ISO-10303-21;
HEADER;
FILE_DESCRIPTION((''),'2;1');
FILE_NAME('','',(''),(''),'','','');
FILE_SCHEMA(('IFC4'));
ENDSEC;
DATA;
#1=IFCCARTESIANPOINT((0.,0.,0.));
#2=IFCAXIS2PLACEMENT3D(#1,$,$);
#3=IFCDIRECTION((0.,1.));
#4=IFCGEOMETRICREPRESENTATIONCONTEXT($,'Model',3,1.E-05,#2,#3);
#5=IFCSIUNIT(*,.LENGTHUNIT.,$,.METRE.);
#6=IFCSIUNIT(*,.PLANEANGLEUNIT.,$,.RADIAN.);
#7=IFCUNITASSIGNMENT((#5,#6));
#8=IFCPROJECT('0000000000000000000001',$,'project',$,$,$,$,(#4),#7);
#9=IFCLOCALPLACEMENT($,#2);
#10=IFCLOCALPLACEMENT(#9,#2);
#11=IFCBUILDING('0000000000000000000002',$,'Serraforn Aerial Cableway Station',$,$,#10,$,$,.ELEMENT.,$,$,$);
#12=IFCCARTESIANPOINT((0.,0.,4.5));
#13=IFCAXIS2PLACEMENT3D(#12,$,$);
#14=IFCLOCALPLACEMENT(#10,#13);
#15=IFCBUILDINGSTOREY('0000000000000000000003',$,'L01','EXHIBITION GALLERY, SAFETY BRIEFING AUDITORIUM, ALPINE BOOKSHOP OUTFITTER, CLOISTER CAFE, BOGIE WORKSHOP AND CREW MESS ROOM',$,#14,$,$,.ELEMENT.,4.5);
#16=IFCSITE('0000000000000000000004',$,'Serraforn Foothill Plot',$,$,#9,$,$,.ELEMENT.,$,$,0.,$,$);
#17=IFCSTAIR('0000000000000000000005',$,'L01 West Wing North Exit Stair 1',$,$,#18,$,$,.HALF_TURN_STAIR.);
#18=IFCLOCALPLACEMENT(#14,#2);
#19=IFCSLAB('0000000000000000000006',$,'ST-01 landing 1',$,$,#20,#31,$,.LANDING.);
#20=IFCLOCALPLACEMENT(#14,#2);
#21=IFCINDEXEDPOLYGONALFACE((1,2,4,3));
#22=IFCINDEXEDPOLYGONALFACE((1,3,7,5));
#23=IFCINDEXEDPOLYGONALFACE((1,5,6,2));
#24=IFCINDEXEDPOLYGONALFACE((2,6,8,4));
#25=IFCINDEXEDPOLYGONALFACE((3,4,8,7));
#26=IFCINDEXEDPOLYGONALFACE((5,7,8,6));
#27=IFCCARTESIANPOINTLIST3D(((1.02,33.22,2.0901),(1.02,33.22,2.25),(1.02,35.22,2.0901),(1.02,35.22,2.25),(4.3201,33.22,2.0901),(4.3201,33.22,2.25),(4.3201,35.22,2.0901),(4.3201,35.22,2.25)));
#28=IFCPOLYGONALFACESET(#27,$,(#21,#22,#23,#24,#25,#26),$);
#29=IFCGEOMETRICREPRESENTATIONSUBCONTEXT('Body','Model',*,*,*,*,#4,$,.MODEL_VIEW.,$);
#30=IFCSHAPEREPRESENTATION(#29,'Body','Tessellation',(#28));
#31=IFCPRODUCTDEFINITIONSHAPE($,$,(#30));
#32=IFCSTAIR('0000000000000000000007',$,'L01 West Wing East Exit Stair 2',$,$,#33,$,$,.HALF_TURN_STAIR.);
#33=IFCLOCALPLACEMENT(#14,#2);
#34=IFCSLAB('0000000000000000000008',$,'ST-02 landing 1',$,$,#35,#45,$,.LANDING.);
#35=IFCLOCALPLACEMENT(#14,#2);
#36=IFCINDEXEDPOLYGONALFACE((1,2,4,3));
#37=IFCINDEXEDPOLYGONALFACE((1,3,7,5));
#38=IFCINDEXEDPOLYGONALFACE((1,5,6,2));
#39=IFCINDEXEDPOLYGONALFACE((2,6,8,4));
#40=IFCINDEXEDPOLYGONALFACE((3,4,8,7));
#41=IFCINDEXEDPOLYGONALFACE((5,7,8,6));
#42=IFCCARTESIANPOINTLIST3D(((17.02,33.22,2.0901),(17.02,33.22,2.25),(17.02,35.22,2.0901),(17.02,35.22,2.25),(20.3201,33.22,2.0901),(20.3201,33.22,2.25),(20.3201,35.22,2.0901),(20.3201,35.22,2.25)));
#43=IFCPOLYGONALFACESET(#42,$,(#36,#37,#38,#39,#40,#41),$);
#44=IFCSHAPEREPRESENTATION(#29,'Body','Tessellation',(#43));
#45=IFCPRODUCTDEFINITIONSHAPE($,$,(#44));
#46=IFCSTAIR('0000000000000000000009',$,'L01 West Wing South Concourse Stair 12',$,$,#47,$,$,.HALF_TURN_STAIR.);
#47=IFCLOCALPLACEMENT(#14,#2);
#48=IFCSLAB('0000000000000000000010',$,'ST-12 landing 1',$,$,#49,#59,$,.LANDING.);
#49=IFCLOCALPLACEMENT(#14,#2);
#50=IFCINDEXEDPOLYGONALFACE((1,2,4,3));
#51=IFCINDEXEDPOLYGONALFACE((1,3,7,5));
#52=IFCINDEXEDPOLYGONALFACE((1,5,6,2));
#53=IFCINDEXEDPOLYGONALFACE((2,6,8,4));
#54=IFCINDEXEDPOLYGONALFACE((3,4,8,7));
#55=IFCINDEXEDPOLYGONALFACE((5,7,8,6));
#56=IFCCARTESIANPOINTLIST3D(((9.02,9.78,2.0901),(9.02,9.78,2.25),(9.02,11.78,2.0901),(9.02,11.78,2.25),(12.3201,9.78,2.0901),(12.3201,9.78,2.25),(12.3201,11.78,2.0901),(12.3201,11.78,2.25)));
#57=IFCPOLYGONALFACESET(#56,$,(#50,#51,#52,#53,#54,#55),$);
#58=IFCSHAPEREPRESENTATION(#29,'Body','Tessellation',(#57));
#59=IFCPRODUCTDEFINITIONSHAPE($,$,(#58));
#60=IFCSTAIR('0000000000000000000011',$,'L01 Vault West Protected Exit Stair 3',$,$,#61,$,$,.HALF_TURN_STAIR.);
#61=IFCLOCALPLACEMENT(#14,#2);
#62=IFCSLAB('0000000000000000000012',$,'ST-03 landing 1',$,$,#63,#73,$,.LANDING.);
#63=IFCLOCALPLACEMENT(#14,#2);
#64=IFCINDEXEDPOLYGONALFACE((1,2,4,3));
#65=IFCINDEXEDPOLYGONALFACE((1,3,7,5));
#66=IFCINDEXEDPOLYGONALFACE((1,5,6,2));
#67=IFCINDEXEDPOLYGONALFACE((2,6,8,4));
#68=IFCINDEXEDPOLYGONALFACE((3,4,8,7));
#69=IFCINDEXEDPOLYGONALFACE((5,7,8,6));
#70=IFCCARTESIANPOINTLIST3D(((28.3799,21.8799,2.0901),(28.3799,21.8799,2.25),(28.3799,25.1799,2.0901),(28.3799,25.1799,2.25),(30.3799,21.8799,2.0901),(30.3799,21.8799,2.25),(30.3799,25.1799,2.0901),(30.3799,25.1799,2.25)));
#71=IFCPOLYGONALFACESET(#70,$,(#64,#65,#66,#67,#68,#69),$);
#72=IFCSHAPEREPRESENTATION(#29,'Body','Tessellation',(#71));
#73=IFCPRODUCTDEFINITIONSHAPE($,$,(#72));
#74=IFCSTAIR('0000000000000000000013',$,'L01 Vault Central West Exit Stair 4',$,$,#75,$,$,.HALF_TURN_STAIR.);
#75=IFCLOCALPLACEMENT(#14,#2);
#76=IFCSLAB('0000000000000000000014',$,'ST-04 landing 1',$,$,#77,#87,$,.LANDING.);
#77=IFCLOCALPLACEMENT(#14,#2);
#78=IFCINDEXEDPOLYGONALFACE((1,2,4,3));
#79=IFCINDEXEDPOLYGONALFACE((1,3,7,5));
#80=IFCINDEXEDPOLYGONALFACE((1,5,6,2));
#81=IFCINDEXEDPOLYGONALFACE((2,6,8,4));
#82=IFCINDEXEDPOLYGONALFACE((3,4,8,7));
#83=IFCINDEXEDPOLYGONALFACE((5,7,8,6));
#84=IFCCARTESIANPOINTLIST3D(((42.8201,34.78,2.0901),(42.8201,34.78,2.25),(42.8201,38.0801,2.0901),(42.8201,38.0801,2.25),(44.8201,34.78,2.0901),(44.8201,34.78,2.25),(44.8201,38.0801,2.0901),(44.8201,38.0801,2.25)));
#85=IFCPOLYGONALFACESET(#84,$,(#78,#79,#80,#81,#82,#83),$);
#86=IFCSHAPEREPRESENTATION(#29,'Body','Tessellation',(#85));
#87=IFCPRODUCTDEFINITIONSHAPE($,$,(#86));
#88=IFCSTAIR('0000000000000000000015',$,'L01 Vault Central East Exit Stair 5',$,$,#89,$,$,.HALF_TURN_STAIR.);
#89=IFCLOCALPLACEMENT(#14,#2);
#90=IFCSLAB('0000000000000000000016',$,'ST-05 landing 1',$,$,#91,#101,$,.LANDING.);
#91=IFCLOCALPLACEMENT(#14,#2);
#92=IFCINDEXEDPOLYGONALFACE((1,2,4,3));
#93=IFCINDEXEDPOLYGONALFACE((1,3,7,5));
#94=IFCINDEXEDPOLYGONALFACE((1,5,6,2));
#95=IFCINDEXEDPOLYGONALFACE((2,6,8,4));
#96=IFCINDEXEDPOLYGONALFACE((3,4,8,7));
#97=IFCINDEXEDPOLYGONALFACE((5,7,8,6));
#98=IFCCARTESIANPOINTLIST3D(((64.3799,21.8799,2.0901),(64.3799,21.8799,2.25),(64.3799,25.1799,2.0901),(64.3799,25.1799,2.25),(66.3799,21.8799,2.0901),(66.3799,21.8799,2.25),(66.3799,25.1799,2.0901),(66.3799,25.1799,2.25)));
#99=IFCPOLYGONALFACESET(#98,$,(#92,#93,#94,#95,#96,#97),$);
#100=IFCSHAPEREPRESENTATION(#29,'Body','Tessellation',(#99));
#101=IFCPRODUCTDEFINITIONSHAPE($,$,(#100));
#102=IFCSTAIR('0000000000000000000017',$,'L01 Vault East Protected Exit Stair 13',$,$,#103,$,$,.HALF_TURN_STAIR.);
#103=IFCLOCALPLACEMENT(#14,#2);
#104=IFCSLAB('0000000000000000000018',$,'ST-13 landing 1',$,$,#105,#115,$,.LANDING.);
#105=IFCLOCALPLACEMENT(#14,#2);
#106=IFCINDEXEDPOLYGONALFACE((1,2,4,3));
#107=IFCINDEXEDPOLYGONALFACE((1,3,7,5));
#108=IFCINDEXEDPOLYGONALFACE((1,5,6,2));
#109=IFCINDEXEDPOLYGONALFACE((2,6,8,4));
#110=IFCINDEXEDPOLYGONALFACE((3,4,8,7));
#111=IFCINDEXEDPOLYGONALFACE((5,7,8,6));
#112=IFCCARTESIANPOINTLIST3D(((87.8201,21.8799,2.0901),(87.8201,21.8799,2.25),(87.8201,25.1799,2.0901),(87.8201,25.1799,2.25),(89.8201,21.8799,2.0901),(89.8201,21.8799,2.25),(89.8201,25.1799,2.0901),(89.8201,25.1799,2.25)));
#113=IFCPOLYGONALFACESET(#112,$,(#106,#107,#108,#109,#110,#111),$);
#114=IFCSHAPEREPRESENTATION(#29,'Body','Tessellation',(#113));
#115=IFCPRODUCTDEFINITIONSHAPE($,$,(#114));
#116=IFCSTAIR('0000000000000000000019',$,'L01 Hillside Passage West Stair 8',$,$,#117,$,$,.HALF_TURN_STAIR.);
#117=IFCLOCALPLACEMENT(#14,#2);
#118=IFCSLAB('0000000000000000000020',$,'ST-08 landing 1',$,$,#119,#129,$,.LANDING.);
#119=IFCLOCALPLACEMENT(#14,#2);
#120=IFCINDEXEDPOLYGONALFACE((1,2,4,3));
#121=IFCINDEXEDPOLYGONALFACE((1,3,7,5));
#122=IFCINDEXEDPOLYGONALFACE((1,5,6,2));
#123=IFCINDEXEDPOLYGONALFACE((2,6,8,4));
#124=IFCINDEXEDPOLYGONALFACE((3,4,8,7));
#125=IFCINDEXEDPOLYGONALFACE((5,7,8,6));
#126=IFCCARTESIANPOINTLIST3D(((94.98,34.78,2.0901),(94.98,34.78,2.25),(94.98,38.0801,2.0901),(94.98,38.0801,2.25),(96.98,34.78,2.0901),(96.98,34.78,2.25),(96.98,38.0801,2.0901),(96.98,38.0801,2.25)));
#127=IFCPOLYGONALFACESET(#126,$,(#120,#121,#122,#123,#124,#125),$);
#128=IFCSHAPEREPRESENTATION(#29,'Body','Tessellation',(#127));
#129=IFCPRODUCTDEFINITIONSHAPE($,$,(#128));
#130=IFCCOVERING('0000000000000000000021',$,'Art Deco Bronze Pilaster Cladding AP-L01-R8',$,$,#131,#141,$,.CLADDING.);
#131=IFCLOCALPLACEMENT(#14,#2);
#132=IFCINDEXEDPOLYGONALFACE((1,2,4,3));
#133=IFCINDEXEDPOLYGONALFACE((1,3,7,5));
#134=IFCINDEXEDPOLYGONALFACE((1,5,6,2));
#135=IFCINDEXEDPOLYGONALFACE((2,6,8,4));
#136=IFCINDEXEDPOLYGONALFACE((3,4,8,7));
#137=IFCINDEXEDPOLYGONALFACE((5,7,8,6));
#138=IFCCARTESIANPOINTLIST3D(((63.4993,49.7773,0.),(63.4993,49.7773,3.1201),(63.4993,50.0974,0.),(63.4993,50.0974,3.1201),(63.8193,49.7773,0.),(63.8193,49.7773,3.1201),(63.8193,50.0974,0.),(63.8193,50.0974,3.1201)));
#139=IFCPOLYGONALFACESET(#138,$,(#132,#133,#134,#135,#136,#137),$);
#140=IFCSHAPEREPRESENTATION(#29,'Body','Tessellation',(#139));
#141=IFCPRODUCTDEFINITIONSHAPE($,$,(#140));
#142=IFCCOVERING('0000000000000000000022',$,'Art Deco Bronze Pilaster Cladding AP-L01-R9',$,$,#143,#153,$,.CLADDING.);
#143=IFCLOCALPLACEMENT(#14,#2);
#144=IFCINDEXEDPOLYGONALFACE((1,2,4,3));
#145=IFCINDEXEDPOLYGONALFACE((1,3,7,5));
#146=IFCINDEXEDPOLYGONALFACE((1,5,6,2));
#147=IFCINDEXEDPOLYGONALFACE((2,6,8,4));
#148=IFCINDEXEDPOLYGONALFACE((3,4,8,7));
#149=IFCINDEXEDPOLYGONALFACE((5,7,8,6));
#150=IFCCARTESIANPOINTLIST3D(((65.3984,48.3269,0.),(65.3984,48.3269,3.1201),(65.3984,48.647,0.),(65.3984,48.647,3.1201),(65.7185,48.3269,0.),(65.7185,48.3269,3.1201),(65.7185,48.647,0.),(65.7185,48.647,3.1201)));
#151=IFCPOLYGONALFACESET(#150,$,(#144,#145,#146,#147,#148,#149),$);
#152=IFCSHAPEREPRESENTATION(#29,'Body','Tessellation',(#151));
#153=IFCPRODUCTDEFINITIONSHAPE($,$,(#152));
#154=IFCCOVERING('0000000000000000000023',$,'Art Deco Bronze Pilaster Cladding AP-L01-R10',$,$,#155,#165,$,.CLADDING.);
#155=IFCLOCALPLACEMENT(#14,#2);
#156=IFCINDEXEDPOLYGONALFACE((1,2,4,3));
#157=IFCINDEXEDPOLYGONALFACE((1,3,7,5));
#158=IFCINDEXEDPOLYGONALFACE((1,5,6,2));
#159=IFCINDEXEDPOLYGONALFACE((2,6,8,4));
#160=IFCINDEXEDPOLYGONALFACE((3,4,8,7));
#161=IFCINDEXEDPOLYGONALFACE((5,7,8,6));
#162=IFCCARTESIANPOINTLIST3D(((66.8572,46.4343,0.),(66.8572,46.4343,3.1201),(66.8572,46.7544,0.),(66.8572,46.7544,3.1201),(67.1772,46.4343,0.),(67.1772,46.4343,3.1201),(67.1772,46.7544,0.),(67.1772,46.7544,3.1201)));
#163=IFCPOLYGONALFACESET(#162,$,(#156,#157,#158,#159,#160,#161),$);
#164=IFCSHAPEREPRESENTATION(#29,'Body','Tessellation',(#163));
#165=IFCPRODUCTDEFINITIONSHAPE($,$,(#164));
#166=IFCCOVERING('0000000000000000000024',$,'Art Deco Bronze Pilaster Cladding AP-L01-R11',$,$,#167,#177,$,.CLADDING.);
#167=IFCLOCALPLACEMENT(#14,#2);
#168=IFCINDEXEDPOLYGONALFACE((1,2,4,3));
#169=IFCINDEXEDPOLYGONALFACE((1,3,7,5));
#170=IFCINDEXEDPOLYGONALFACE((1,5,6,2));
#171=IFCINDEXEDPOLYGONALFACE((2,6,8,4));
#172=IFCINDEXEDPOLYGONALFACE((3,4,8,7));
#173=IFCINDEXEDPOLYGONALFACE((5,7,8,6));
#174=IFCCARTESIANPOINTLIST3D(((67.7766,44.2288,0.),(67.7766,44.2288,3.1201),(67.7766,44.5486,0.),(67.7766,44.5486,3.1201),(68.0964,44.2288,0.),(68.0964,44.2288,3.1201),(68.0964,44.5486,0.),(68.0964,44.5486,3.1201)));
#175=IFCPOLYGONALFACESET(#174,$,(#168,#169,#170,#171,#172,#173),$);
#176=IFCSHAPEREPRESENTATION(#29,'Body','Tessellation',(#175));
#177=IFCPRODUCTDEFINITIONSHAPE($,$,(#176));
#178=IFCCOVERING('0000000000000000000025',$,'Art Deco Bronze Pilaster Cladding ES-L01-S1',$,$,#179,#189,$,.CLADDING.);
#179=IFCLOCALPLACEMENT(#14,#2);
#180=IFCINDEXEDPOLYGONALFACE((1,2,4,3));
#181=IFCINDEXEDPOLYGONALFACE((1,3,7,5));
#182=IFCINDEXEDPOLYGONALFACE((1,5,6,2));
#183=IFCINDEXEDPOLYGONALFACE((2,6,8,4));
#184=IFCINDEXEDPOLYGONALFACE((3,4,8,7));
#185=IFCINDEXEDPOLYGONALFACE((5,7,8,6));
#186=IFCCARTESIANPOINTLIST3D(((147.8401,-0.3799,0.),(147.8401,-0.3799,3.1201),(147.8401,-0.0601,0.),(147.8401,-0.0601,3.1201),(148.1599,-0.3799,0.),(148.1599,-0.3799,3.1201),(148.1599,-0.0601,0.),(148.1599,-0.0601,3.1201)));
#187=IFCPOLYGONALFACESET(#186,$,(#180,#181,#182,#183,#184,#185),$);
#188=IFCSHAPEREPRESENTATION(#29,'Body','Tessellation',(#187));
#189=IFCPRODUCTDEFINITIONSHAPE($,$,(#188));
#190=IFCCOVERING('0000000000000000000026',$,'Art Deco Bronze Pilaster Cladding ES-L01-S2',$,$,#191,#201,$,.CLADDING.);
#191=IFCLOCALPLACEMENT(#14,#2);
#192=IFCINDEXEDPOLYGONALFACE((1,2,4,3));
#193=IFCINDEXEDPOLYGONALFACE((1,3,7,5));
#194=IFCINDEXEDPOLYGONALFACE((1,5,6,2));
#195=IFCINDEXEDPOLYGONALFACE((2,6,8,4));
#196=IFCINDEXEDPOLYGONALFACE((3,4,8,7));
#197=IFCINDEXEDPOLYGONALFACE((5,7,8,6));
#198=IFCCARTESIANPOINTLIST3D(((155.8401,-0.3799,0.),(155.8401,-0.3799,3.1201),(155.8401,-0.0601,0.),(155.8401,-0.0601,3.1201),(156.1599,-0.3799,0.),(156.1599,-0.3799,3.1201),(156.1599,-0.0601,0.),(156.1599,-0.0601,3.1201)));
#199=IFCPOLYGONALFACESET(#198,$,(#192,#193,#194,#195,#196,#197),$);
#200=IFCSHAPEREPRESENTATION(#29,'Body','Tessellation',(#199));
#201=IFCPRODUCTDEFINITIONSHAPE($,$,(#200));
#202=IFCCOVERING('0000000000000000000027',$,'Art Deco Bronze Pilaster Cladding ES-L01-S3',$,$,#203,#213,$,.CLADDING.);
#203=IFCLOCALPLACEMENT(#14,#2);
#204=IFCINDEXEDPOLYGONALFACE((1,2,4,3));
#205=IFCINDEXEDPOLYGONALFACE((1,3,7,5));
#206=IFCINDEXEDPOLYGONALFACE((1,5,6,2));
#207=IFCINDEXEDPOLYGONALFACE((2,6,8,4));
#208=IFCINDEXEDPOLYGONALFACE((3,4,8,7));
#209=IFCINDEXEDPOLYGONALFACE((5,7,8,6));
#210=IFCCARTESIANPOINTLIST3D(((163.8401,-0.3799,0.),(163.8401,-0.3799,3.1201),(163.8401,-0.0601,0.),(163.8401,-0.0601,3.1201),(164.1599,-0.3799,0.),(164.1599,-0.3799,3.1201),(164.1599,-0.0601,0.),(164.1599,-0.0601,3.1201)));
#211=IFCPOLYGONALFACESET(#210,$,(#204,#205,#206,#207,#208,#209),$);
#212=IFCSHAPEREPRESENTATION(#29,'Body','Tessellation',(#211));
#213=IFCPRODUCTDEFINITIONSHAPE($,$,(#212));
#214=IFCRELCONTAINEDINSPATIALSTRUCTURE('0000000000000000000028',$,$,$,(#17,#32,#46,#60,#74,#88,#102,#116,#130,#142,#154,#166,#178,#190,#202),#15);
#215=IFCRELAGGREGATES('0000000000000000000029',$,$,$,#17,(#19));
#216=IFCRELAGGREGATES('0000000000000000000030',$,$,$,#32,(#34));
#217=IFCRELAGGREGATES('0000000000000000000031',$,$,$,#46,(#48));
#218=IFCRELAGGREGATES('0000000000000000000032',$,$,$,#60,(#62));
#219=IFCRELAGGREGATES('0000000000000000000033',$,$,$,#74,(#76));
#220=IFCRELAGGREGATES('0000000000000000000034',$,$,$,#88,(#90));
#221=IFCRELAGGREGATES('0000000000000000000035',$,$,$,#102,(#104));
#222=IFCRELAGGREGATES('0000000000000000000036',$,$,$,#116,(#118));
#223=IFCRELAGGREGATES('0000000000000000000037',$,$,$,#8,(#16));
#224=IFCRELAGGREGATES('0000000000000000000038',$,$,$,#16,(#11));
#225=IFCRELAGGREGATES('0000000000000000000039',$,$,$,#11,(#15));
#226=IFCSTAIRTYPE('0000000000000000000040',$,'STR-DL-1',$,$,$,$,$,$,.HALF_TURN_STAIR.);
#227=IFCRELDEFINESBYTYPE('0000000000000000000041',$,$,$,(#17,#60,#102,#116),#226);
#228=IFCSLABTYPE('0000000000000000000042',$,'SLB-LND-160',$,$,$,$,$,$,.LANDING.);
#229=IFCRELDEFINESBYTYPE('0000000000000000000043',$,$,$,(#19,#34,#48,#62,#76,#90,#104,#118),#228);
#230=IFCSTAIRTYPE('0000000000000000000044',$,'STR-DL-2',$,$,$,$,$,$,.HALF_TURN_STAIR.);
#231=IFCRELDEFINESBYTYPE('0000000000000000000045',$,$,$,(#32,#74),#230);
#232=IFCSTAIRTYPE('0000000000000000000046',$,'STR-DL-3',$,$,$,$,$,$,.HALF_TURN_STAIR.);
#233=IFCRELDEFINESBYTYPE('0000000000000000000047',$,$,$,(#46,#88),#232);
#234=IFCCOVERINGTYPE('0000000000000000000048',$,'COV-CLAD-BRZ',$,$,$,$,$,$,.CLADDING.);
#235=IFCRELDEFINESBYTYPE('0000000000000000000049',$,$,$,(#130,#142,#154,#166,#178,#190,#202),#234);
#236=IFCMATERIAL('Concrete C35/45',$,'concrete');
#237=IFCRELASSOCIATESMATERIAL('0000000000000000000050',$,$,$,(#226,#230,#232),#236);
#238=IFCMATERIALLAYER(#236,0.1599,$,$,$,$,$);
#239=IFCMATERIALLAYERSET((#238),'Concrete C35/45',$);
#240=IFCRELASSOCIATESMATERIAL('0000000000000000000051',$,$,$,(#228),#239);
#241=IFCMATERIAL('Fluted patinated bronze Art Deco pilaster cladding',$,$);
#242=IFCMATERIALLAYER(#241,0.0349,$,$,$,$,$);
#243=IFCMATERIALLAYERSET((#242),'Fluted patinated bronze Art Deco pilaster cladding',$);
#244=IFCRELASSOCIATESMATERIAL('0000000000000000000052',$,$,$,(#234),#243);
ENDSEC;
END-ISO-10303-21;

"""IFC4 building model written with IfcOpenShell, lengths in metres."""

from ifc_helpers import new_model, si_unit, direction, frame, origin, place, context, subcontext, project, spatial, polyline, outline, extrude, material, layer, layer_set, type_object, element, aggregate, save


model = new_model("IFC4")

# Units and contexts
model_context = context("Model", 3, precision=1e-05, world=origin(), true_north=direction((0.0, 1.0)))
body_context = subcontext(model_context, "Body", "Model", "MODEL_VIEW")
ifc_project = project(units=[si_unit("LENGTHUNIT", "METRE"), si_unit("PLANEANGLEUNIT", "RADIAN")], contexts=[model_context])

# Site, building, storey
site_placement = place(None, origin())
site = spatial("IfcSite", under=ifc_project, at=site_placement, Name="Serraforn Foothill Plot", CompositionType="ELEMENT", RefElevation=0.0)
building_placement = place(site_placement, origin())
building = spatial("IfcBuilding", under=site, at=building_placement, Name="Serraforn Aerial Cableway Station", CompositionType="ELEMENT")
storey_placement = place(building_placement, frame((0.0, 0.0, 4.5)))
storey = spatial("IfcBuildingStorey", under=building, at=storey_placement, Name="L01", Description="EXHIBITION GALLERY, SAFETY BRIEFING AUDITORIUM, ALPINE BOOKSHOP OUTFITTER, CLOISTER CAFE, BOGIE WORKSHOP AND CREW MESS ROOM", CompositionType="ELEMENT", Elevation=4.5)

# Stairs, slabs
ifc_material_1 = material(Name="Concrete C35/45", Category="concrete")
stair_type_1 = type_object("IfcStairType", Name="STR-DL-1", PredefinedType="HALF_TURN_STAIR", material=ifc_material_1)
stair_1_placement = place(storey_placement, origin())
stair_1 = element("IfcStair", 1, at=stair_1_placement, inside=storey, type_object=stair_type_1, Name="L01 West Wing North Exit Stair 1", PredefinedType="HALF_TURN_STAIR")
ifc_layer_1 = layer(ifc_material_1, 0.1599)
ifc_layer_set_1 = layer_set([ifc_layer_1], Name="Concrete C35/45")
slab_type = type_object("IfcSlabType", Name="SLB-LND-160", PredefinedType="LANDING", material=ifc_layer_set_1)
slab_1_placement = place(storey_placement, frame((0.0, 0.0, 2.0901)))
slab_1 = element("IfcSlab", 2, at=slab_1_placement, type_object=slab_type, Name="ST-01 landing 1", PredefinedType="LANDING", context=body_context, shape_type="SweptSolid", body=[
    extrude(outline(polyline([(4.3201, 33.22), (4.3201, 35.22), (1.02, 35.22), (1.02, 33.22), (4.3201, 33.22)])), origin(), (0.0, 0.0, 1.0), 0.1599),
])
aggregate(stair_1, [slab_1])
stair_type_2 = type_object("IfcStairType", Name="STR-DL-2", PredefinedType="HALF_TURN_STAIR", material=ifc_material_1)
stair_2_placement = place(storey_placement, origin())
stair_2 = element("IfcStair", 3, at=stair_2_placement, inside=storey, type_object=stair_type_2, Name="L01 West Wing East Exit Stair 2", PredefinedType="HALF_TURN_STAIR")
slab_2_placement = place(storey_placement, frame((0.0, 0.0, 2.0901)))
slab_2 = element("IfcSlab", 4, at=slab_2_placement, type_object=slab_type, Name="ST-02 landing 1", PredefinedType="LANDING", context=body_context, shape_type="SweptSolid", body=[
    extrude(outline(polyline([(20.3201, 33.22), (20.3201, 35.22), (17.02, 35.22), (17.02, 33.22), (20.3201, 33.22)])), origin(), (0.0, 0.0, 1.0), 0.1599),
])
aggregate(stair_2, [slab_2])
stair_type_3 = type_object("IfcStairType", Name="STR-DL-3", PredefinedType="HALF_TURN_STAIR", material=ifc_material_1)
stair_3_placement = place(storey_placement, origin())
stair_3 = element("IfcStair", 5, at=stair_3_placement, inside=storey, type_object=stair_type_3, Name="L01 West Wing South Concourse Stair 12", PredefinedType="HALF_TURN_STAIR")
slab_3_placement = place(storey_placement, frame((0.0, 0.0, 2.0901)))
slab_3 = element("IfcSlab", 6, at=slab_3_placement, type_object=slab_type, Name="ST-12 landing 1", PredefinedType="LANDING", context=body_context, shape_type="SweptSolid", body=[
    extrude(outline(polyline([(9.02, 11.78), (9.02, 9.78), (12.3201, 9.78), (12.3201, 11.78), (9.02, 11.78)])), origin(), (0.0, 0.0, 1.0), 0.1599),
])
aggregate(stair_3, [slab_3])
stair_4_placement = place(storey_placement, origin())
stair_4 = element("IfcStair", 7, at=stair_4_placement, inside=storey, type_object=stair_type_1, Name="L01 Vault West Protected Exit Stair 3", PredefinedType="HALF_TURN_STAIR")
slab_4_placement = place(storey_placement, frame((0.0, 0.0, 2.0901)))
slab_4 = element("IfcSlab", 8, at=slab_4_placement, type_object=slab_type, Name="ST-03 landing 1", PredefinedType="LANDING", context=body_context, shape_type="SweptSolid", body=[
    extrude(outline(polyline([(30.3799, 25.1799), (28.3799, 25.1799), (28.3799, 21.8799), (30.3799, 21.8799), (30.3799, 25.1799)])), origin(), (0.0, 0.0, 1.0), 0.1599),
])
aggregate(stair_4, [slab_4])
stair_5_placement = place(storey_placement, origin())
stair_5 = element("IfcStair", 9, at=stair_5_placement, inside=storey, type_object=stair_type_2, Name="L01 Vault Central West Exit Stair 4", PredefinedType="HALF_TURN_STAIR")
slab_5_placement = place(storey_placement, frame((0.0, 0.0, 2.0901)))
slab_5 = element("IfcSlab", 10, at=slab_5_placement, type_object=slab_type, Name="ST-04 landing 1", PredefinedType="LANDING", context=body_context, shape_type="SweptSolid", body=[
    extrude(outline(polyline([(42.8201, 34.78), (44.8201, 34.78), (44.8201, 38.0801), (42.8201, 38.0801), (42.8201, 34.78)])), origin(), (0.0, 0.0, 1.0), 0.1599),
])
aggregate(stair_5, [slab_5])
stair_6_placement = place(storey_placement, origin())
stair_6 = element("IfcStair", 11, at=stair_6_placement, inside=storey, type_object=stair_type_3, Name="L01 Vault Central East Exit Stair 5", PredefinedType="HALF_TURN_STAIR")
slab_6_placement = place(storey_placement, frame((0.0, 0.0, 2.0901)))
slab_6 = element("IfcSlab", 12, at=slab_6_placement, type_object=slab_type, Name="ST-05 landing 1", PredefinedType="LANDING", context=body_context, shape_type="SweptSolid", body=[
    extrude(outline(polyline([(66.3799, 25.1799), (64.3799, 25.1799), (64.3799, 21.8799), (66.3799, 21.8799), (66.3799, 25.1799)])), origin(), (0.0, 0.0, 1.0), 0.1599),
])
aggregate(stair_6, [slab_6])
stair_7_placement = place(storey_placement, origin())
stair_7 = element("IfcStair", 13, at=stair_7_placement, inside=storey, type_object=stair_type_1, Name="L01 Vault East Protected Exit Stair 13", PredefinedType="HALF_TURN_STAIR")
slab_7_placement = place(storey_placement, frame((0.0, 0.0, 2.0901)))
slab_7 = element("IfcSlab", 14, at=slab_7_placement, type_object=slab_type, Name="ST-13 landing 1", PredefinedType="LANDING", context=body_context, shape_type="SweptSolid", body=[
    extrude(outline(polyline([(87.8201, 21.8799), (89.8201, 21.8799), (89.8201, 25.1799), (87.8201, 25.1799), (87.8201, 21.8799)])), origin(), (0.0, 0.0, 1.0), 0.1599),
])
aggregate(stair_7, [slab_7])
stair_8_placement = place(storey_placement, origin())
stair_8 = element("IfcStair", 15, at=stair_8_placement, inside=storey, type_object=stair_type_1, Name="L01 Hillside Passage West Stair 8", PredefinedType="HALF_TURN_STAIR")
slab_8_placement = place(storey_placement, frame((0.0, 0.0, 2.0901)))
slab_8 = element("IfcSlab", 16, at=slab_8_placement, type_object=slab_type, Name="ST-08 landing 1", PredefinedType="LANDING", context=body_context, shape_type="SweptSolid", body=[
    extrude(outline(polyline([(96.98, 38.0801), (94.98, 38.0801), (94.98, 34.78), (96.98, 34.78), (96.98, 38.0801)])), origin(), (0.0, 0.0, 1.0), 0.1599),
])
aggregate(stair_8, [slab_8])

# Coverings
ifc_material_2 = material(Name="Fluted patinated bronze Art Deco pilaster cladding")
ifc_layer_2 = layer(ifc_material_2, 0.0349)
ifc_layer_set_2 = layer_set([ifc_layer_2], Name="Fluted patinated bronze Art Deco pilaster cladding")
covering_type = type_object("IfcCoveringType", Name="COV-CLAD-BRZ", PredefinedType="CLADDING", material=ifc_layer_set_2)
covering_1_placement = place(storey_placement, origin())
element("IfcCovering", 17, at=covering_1_placement, inside=storey, type_object=covering_type, Name="Art Deco Bronze Pilaster Cladding AP-L01-R8", PredefinedType="CLADDING", context=body_context, shape_type="SweptSolid", body=[
    extrude(outline(polyline([(63.4993, 49.7773), (63.8193, 49.7773), (63.8193, 50.0974), (63.4993, 50.0974), (63.4993, 49.7773)])), origin(), (0.0, 0.0, 1.0), 3.1201),
])
covering_2_placement = place(storey_placement, origin())
element("IfcCovering", 18, at=covering_2_placement, inside=storey, type_object=covering_type, Name="Art Deco Bronze Pilaster Cladding AP-L01-R9", PredefinedType="CLADDING", context=body_context, shape_type="SweptSolid", body=[
    extrude(outline(polyline([(65.3984, 48.3269), (65.7185, 48.3269), (65.7185, 48.647), (65.3984, 48.647), (65.3984, 48.3269)])), origin(), (0.0, 0.0, 1.0), 3.1201),
])
covering_3_placement = place(storey_placement, origin())
element("IfcCovering", 19, at=covering_3_placement, inside=storey, type_object=covering_type, Name="Art Deco Bronze Pilaster Cladding AP-L01-R10", PredefinedType="CLADDING", context=body_context, shape_type="SweptSolid", body=[
    extrude(outline(polyline([(66.8572, 46.4343), (67.1772, 46.4343), (67.1772, 46.7544), (66.8572, 46.7544), (66.8572, 46.4343)])), origin(), (0.0, 0.0, 1.0), 3.1201),
])
covering_4_placement = place(storey_placement, origin())
element("IfcCovering", 20, at=covering_4_placement, inside=storey, type_object=covering_type, Name="Art Deco Bronze Pilaster Cladding AP-L01-R11", PredefinedType="CLADDING", context=body_context, shape_type="SweptSolid", body=[
    extrude(outline(polyline([(67.7766, 44.2288), (68.0964, 44.2288), (68.0964, 44.5486), (67.7766, 44.5486), (67.7766, 44.2288)])), origin(), (0.0, 0.0, 1.0), 3.1201),
])
covering_5_placement = place(storey_placement, origin())
element("IfcCovering", 21, at=covering_5_placement, inside=storey, type_object=covering_type, Name="Art Deco Bronze Pilaster Cladding ES-L01-S1", PredefinedType="CLADDING", context=body_context, shape_type="SweptSolid", body=[
    extrude(outline(polyline([(147.8401, -0.3799), (148.1599, -0.3799), (148.1599, -0.0601), (147.8401, -0.0601), (147.8401, -0.3799)])), origin(), (0.0, 0.0, 1.0), 3.1201),
])
covering_6_placement = place(storey_placement, origin())
element("IfcCovering", 22, at=covering_6_placement, inside=storey, type_object=covering_type, Name="Art Deco Bronze Pilaster Cladding ES-L01-S2", PredefinedType="CLADDING", context=body_context, shape_type="SweptSolid", body=[
    extrude(outline(polyline([(155.8401, -0.3799), (156.1599, -0.3799), (156.1599, -0.0601), (155.8401, -0.0601), (155.8401, -0.3799)])), origin(), (0.0, 0.0, 1.0), 3.1201),
])
covering_7_placement = place(storey_placement, origin())
element("IfcCovering", 23, at=covering_7_placement, inside=storey, type_object=covering_type, Name="Art Deco Bronze Pilaster Cladding ES-L01-S3", PredefinedType="CLADDING", context=body_context, shape_type="SweptSolid", body=[
    extrude(outline(polyline([(163.8401, -0.3799), (164.1599, -0.3799), (164.1599, -0.0601), (163.8401, -0.0601), (163.8401, -0.3799)])), origin(), (0.0, 0.0, 1.0), 3.1201),
])

save(model, "model.ifc")
